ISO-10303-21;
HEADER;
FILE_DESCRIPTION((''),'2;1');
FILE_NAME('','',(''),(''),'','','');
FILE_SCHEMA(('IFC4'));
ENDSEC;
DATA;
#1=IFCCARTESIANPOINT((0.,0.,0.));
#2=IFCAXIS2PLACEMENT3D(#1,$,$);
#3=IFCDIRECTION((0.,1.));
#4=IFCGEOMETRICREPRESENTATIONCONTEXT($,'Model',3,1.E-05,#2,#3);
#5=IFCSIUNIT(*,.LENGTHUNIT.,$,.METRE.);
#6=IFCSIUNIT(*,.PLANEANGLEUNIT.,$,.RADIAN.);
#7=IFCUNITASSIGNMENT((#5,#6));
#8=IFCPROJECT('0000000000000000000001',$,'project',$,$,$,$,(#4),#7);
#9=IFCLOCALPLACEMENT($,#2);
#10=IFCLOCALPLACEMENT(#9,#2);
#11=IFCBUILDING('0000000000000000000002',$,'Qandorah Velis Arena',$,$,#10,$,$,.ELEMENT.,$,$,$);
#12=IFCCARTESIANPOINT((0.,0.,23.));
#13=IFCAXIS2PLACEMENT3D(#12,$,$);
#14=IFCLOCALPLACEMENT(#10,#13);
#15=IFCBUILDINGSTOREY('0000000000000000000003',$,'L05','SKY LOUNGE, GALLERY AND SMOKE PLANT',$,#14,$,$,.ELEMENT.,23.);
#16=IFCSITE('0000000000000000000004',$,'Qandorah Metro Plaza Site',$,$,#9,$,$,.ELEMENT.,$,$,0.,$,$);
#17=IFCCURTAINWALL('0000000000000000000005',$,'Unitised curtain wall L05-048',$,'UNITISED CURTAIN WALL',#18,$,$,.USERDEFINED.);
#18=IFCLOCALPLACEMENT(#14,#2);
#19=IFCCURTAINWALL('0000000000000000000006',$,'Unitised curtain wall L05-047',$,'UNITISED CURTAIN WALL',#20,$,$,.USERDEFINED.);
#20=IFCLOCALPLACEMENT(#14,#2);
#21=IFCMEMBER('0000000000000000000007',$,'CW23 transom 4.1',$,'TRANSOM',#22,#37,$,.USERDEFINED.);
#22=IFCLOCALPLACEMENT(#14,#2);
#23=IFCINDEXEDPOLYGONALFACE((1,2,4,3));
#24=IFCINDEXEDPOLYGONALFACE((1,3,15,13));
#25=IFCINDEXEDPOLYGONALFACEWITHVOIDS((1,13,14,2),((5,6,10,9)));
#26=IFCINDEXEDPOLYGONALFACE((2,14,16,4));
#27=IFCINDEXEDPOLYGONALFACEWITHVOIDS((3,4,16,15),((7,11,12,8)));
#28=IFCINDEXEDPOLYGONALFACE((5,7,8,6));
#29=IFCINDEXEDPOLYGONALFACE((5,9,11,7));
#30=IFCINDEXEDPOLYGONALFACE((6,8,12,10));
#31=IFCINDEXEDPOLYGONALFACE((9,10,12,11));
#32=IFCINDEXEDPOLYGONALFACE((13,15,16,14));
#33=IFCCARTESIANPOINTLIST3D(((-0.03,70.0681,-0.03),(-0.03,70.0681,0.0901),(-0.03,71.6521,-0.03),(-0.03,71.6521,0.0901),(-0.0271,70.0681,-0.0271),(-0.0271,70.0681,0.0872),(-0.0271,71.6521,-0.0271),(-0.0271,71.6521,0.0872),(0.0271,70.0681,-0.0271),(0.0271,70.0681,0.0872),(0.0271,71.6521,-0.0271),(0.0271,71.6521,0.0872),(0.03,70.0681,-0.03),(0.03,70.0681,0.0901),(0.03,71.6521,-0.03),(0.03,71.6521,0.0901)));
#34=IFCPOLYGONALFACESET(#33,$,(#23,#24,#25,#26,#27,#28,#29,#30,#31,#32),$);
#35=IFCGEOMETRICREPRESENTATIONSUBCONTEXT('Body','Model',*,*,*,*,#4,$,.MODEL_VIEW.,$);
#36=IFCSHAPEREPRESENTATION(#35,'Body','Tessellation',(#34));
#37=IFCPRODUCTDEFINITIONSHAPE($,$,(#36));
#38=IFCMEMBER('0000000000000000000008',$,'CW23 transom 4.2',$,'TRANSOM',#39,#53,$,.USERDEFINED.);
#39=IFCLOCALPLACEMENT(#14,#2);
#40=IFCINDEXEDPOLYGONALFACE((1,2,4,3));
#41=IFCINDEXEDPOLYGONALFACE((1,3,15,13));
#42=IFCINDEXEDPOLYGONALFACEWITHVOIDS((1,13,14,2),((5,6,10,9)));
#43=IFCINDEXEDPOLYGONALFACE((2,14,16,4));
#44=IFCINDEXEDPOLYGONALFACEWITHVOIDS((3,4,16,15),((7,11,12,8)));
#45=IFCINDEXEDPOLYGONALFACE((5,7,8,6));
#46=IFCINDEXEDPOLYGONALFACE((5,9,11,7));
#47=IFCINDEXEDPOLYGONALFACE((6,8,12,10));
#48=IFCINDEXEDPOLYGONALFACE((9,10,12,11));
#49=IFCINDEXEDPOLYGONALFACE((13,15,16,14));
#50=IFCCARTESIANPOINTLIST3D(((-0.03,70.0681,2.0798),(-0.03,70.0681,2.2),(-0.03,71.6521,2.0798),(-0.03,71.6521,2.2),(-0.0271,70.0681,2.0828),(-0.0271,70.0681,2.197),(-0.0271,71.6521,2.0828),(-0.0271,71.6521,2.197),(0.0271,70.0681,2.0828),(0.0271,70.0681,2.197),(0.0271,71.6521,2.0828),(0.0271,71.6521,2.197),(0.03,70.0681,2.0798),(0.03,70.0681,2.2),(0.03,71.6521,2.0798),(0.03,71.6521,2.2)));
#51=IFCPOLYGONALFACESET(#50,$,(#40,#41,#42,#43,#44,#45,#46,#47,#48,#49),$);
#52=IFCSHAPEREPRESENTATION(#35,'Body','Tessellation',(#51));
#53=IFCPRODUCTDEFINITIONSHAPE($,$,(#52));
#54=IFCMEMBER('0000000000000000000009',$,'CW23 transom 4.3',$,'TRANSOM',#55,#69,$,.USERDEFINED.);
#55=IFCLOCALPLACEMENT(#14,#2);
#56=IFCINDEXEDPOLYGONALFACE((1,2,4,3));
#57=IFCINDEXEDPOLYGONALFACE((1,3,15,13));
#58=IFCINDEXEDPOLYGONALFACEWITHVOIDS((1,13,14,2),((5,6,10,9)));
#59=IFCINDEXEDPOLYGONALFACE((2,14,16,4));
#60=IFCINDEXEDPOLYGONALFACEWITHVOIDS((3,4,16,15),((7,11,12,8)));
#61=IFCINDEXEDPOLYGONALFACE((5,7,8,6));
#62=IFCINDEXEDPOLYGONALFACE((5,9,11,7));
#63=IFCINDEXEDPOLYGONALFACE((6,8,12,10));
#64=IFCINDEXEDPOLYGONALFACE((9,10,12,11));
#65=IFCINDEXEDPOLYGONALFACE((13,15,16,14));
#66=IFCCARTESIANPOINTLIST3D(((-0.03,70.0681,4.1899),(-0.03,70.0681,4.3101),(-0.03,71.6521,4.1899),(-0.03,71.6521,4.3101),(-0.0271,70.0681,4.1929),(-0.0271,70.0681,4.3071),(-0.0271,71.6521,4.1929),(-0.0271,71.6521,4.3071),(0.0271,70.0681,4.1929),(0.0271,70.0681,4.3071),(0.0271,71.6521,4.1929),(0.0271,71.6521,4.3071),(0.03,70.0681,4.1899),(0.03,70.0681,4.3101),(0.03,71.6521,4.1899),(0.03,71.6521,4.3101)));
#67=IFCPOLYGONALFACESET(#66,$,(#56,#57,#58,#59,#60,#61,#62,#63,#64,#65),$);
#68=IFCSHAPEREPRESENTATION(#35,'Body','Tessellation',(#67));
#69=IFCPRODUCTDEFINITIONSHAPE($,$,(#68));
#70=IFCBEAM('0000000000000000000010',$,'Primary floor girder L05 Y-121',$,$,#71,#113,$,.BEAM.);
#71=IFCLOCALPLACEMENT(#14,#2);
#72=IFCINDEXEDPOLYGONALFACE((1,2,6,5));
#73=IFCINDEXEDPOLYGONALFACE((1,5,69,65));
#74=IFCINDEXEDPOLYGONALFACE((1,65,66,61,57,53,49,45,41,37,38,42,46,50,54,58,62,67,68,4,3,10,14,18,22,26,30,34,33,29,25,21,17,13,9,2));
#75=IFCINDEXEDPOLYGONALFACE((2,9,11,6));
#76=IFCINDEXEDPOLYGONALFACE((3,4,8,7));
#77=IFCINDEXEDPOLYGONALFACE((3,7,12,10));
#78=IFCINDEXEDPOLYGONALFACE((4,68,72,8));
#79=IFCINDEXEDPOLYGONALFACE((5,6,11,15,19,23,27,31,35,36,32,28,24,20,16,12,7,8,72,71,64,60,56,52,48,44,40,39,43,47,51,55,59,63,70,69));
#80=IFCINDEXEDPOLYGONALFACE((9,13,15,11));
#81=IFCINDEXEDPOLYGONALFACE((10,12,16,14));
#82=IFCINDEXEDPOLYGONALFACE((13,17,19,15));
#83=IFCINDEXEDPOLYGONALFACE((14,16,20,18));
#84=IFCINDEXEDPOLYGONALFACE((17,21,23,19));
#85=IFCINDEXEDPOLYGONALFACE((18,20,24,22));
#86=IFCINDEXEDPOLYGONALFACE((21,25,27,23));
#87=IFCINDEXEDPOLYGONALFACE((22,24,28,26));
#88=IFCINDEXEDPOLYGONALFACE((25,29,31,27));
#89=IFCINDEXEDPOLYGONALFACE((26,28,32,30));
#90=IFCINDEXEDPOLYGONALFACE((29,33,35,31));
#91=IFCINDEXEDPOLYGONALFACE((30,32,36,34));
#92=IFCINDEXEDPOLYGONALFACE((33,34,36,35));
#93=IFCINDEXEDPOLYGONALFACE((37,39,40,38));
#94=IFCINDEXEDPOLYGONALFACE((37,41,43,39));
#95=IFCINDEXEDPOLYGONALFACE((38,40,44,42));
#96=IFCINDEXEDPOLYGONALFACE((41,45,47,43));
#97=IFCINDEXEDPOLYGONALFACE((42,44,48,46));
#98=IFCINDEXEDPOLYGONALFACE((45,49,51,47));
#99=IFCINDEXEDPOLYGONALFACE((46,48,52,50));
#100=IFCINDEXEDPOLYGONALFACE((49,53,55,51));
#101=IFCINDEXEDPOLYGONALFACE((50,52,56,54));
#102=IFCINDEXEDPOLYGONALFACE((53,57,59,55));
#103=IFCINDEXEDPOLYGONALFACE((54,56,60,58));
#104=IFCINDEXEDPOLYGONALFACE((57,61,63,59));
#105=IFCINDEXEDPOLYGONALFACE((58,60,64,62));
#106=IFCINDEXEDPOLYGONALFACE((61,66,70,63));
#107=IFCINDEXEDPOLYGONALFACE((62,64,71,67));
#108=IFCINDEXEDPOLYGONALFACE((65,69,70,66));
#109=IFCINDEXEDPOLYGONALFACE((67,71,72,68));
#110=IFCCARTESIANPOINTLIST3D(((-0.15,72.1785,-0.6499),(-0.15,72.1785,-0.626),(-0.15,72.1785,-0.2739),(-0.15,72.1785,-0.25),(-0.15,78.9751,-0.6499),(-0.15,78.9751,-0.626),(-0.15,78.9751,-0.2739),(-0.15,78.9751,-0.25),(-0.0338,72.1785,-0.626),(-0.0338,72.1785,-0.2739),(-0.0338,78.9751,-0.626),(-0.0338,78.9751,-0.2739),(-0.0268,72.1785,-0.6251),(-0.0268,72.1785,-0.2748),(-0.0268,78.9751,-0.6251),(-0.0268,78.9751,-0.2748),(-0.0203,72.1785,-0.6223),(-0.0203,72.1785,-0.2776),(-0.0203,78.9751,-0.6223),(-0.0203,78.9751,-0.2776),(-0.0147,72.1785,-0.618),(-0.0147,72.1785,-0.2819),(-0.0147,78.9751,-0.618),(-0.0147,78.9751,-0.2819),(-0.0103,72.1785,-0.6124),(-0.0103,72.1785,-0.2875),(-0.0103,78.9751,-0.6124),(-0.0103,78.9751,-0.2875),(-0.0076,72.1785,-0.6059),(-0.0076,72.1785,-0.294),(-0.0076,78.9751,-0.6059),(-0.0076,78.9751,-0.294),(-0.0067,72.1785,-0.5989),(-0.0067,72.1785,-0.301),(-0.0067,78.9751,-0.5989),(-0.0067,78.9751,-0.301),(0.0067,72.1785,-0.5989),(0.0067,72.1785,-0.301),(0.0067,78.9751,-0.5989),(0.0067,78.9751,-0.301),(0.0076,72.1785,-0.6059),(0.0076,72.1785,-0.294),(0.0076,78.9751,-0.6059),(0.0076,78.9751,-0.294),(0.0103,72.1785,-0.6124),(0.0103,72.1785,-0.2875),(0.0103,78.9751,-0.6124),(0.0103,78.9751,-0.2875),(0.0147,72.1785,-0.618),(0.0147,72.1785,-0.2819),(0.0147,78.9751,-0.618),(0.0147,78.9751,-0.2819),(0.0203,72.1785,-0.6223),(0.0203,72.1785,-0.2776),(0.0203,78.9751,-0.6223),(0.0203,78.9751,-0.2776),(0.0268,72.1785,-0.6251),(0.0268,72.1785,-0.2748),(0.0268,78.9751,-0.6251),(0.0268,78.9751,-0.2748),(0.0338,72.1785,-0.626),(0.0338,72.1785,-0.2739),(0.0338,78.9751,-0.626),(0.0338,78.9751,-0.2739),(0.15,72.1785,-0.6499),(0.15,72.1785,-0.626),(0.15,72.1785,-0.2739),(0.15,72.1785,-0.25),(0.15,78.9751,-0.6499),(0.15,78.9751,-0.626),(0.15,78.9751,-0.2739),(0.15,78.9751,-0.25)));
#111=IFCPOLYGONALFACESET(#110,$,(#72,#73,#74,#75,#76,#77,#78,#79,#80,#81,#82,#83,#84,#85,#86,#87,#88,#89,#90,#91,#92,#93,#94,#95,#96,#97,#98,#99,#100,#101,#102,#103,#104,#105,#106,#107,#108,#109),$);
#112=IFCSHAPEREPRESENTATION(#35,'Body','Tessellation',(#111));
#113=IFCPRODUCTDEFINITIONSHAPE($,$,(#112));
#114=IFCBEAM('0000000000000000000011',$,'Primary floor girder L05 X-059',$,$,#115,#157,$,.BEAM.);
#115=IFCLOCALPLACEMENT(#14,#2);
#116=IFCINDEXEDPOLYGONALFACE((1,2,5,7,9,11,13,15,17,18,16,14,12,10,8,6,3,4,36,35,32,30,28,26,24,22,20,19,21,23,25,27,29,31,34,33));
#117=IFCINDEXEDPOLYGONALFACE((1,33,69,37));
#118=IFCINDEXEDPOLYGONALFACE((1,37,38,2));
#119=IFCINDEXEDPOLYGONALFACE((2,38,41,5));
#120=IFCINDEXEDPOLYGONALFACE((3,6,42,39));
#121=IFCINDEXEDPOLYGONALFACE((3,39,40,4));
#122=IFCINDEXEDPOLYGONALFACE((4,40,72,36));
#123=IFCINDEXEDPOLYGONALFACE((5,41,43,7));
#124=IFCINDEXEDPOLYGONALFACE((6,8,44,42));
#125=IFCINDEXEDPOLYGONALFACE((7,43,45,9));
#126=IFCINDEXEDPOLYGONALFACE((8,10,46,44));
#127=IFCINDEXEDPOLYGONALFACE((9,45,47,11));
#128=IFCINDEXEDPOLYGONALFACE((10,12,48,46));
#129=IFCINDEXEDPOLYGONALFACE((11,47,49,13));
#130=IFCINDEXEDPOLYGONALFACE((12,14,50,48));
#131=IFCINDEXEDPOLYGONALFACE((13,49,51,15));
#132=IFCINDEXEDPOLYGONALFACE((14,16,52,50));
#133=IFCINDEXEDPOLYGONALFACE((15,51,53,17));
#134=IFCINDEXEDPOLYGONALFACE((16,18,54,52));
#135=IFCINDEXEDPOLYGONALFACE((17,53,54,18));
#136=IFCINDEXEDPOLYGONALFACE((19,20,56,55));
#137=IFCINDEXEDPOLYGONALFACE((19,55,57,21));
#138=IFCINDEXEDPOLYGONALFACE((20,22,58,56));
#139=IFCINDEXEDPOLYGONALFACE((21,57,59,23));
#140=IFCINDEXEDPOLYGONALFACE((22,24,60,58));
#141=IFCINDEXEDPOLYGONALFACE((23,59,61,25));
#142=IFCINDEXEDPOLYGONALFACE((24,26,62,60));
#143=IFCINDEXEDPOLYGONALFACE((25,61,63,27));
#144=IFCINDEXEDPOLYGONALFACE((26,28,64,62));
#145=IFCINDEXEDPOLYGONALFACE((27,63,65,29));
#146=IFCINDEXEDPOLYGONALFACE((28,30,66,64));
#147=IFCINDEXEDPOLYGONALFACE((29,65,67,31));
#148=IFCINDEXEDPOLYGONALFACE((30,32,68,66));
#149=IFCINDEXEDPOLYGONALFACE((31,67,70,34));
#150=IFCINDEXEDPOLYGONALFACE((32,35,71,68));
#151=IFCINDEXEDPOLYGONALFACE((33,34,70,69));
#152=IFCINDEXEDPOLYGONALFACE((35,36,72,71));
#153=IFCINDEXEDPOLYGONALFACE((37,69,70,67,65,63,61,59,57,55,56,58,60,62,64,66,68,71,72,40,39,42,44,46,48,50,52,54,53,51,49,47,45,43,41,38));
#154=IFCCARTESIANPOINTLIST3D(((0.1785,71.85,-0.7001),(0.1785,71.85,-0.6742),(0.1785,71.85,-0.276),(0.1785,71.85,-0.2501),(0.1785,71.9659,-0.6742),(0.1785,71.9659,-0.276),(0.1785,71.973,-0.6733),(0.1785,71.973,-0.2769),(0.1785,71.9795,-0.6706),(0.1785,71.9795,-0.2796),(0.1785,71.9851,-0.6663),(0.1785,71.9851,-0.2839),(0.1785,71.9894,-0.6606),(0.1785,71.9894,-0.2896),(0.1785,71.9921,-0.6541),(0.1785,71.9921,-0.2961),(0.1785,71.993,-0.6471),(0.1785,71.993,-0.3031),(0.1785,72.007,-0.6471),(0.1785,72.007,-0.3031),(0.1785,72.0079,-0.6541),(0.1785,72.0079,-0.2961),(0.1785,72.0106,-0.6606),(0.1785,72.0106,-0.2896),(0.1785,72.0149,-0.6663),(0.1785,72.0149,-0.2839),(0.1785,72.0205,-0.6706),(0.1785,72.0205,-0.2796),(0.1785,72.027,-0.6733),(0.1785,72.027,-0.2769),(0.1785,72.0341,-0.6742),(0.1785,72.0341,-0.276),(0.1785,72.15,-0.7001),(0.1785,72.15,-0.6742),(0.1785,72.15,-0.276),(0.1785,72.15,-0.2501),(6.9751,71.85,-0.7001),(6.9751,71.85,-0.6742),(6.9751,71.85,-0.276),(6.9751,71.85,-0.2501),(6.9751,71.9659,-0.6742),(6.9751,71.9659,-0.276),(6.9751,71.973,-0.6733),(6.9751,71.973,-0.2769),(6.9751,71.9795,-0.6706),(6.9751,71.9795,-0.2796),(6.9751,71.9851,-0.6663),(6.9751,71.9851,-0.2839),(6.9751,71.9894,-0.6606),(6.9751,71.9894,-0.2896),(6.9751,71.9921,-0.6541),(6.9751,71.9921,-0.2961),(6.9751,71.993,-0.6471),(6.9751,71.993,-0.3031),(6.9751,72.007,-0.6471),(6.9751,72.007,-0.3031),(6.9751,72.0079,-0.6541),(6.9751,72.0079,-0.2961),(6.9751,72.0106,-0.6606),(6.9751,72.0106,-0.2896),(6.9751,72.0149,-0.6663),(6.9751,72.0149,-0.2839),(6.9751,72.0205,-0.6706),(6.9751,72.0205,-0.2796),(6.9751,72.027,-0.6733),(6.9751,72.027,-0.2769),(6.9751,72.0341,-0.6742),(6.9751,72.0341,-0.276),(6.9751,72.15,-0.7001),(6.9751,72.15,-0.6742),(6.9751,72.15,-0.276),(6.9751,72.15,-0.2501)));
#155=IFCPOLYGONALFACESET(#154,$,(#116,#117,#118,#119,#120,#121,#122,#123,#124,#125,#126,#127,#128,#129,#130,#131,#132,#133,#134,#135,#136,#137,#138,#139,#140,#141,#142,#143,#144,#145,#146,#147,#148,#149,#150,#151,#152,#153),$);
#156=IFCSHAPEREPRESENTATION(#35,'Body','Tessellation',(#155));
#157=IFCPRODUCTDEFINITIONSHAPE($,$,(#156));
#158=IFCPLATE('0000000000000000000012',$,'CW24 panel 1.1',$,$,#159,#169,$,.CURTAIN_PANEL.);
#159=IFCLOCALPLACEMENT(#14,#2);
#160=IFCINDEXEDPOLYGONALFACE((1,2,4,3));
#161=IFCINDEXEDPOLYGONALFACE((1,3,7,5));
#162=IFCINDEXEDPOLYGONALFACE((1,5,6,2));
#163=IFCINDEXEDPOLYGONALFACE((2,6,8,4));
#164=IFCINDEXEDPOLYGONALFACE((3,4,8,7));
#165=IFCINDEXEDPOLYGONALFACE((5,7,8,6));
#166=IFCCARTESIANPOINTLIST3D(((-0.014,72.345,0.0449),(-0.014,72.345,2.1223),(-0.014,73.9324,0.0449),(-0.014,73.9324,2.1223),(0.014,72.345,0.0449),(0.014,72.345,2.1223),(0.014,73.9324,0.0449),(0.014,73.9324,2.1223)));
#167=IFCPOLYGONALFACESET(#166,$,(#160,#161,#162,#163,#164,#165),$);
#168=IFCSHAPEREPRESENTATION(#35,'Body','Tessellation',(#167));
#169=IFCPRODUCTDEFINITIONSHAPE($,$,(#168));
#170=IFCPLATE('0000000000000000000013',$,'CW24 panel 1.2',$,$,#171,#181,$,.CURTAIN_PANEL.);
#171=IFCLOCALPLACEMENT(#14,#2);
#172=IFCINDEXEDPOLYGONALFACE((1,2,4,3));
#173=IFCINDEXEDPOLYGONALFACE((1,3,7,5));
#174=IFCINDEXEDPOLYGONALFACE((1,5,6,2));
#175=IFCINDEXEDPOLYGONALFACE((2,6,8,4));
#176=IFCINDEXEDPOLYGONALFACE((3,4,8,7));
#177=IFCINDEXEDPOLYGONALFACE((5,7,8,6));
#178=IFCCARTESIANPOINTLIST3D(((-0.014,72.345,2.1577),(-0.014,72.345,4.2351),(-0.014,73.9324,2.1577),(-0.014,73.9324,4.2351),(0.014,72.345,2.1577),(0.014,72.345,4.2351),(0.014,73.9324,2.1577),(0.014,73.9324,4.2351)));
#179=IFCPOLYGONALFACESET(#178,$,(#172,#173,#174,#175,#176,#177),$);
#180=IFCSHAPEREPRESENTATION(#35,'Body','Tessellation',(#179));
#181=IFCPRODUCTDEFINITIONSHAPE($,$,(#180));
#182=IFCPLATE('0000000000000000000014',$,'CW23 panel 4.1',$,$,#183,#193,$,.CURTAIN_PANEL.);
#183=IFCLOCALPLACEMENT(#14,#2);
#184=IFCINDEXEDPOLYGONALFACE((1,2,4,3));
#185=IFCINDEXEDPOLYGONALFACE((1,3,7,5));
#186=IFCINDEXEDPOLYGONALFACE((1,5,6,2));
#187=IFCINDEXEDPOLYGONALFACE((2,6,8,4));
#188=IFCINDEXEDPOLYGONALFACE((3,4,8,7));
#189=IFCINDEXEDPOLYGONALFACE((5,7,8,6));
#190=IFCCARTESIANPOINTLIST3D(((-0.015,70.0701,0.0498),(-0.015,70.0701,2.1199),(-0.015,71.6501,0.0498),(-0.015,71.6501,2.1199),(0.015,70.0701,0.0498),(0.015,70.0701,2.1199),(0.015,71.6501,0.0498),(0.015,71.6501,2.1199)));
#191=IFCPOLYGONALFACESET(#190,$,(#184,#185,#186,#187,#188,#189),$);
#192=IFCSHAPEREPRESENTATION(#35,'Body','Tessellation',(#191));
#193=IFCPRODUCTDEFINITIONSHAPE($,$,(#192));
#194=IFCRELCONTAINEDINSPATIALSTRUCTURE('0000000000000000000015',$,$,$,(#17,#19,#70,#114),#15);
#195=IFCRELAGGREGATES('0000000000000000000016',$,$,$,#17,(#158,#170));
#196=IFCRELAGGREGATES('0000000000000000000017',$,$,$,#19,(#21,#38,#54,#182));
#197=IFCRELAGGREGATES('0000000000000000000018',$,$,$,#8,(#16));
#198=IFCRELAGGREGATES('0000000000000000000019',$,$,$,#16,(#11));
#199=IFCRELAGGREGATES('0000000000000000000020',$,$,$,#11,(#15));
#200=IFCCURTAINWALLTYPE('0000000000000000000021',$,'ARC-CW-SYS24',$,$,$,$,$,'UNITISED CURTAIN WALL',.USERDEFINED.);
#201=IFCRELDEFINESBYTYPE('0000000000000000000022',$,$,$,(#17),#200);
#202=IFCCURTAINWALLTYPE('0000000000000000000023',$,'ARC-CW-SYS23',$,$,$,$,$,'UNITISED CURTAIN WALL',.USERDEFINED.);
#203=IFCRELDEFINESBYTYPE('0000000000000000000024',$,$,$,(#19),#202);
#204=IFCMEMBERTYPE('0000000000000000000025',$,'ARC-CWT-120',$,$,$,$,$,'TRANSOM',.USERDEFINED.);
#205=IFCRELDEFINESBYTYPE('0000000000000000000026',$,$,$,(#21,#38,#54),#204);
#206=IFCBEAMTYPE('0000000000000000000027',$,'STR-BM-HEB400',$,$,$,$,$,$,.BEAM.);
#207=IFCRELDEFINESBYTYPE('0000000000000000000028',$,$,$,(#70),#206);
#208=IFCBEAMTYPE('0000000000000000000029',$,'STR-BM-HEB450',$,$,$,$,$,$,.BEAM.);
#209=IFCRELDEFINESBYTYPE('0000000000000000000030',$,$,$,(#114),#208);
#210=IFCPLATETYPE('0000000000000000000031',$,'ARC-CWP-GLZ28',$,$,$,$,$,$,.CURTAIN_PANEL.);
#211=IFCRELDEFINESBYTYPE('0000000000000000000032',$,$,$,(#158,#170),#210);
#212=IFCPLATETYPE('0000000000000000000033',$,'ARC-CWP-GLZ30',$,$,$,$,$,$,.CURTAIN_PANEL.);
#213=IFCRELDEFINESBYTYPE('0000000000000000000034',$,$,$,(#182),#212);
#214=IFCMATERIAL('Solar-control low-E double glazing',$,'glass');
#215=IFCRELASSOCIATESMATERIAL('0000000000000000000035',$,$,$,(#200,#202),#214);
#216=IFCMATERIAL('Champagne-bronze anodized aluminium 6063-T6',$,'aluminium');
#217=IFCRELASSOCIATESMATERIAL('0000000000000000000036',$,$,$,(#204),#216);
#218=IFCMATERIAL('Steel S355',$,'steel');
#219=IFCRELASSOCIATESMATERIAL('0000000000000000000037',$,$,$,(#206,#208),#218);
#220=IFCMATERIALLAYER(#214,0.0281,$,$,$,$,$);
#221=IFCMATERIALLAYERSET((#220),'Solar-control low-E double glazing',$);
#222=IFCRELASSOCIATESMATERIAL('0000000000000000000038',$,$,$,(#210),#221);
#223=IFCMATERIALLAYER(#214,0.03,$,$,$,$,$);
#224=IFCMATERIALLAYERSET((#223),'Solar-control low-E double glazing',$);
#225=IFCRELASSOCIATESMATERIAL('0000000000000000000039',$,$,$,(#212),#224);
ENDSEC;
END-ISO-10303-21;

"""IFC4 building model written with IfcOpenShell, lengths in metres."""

from ifc_helpers import new_model, si_unit, direction, frame, origin, origin_2d, place, context, subcontext, project, spatial, rectangle, hollow_rectangle, i_section, extrude, material, layer, layer_set, material_profile, profile_set, type_object, element, aggregate, save


model = new_model("IFC4")

# Units and contexts
model_context = context("Model", 3, precision=1e-05, world=origin(), true_north=direction((0.0, 1.0)))
body_context = subcontext(model_context, "Body", "Model", "MODEL_VIEW")
ifc_project = project(units=[si_unit("LENGTHUNIT", "METRE"), si_unit("PLANEANGLEUNIT", "RADIAN")], contexts=[model_context])

# Site, building, storey
site_placement = place(None, origin())
site = spatial("IfcSite", under=ifc_project, at=site_placement, Name="Qandorah Metro Plaza Site", CompositionType="ELEMENT", RefElevation=0.0)
building_placement = place(site_placement, origin())
building = spatial("IfcBuilding", under=site, at=building_placement, Name="Qandorah Velis Arena", CompositionType="ELEMENT")
storey_placement = place(building_placement, frame((0.0, 0.0, 23.0)))
storey = spatial("IfcBuildingStorey", under=building, at=storey_placement, Name="L05", Description="SKY LOUNGE, GALLERY AND SMOKE PLANT", CompositionType="ELEMENT", Elevation=23.0)

# Curtain wall
ifc_material_1 = material(Name="Solar-control low-E double glazing", Category="glass")
curtain_wall_type_1 = type_object("IfcCurtainWallType", Name="ARC-CW-SYS24", ElementType="UNITISED CURTAIN WALL", PredefinedType="USERDEFINED", material=ifc_material_1)
curtain_wall_1_placement = place(storey_placement, origin())
curtain_wall_1 = element("IfcCurtainWall", 1, at=curtain_wall_1_placement, inside=storey, type_object=curtain_wall_type_1, Name="Unitised curtain wall L05-048", ObjectType="UNITISED CURTAIN WALL", PredefinedType="USERDEFINED")
ifc_material_2 = material(Name="Champagne-bronze anodized aluminium 6063-T6", Category="aluminium")

# Curtain wall
curtain_wall_type_2 = type_object("IfcCurtainWallType", Name="ARC-CW-SYS23", ElementType="UNITISED CURTAIN WALL", PredefinedType="USERDEFINED", material=ifc_material_1)
curtain_wall_2_placement = place(storey_placement, origin())
curtain_wall_2 = element("IfcCurtainWall", 2, at=curtain_wall_2_placement, inside=storey, type_object=curtain_wall_type_2, Name="Unitised curtain wall L05-047", ObjectType="UNITISED CURTAIN WALL", PredefinedType="USERDEFINED")

# Members
ifc_material_profile_1 = material_profile(ifc_material_2, hollow_rectangle(XDim=0.0601, YDim=0.1201, WallThickness=0.0029, at=origin_2d()), Name="ALU TRANSOM 60x120")
ifc_profile_set_1 = profile_set([ifc_material_profile_1], Name="Champagne-bronze anodized aluminium 6063-T6")
member_type_1 = type_object("IfcMemberType", Name="ARC-CWT-120", ElementType="TRANSOM", PredefinedType="USERDEFINED", material=ifc_profile_set_1)
member_1_placement = place(storey_placement, frame((0.0, 70.0681, 0.03), z_axis=(0.0, 1.0, 0.0), x_axis=(-1.0, 0.0, 0.0)))
member_1 = element("IfcMember", 3, at=member_1_placement, type_object=member_type_1, Name="CW23 transom 4.1", ObjectType="TRANSOM", PredefinedType="USERDEFINED", context=body_context, shape_type="SweptSolid", body=[
    extrude(hollow_rectangle(XDim=0.0601, YDim=0.1201, WallThickness=0.0029, at=origin_2d()), origin(), (0.0, 0.0, 1.0), 1.584),
])
member_2_placement = place(storey_placement, frame((0.0, 70.0681, 2.1399), z_axis=(0.0, 1.0, 0.0), x_axis=(-1.0, 0.0, 0.0)))
member_2 = element("IfcMember", 4, at=member_2_placement, type_object=member_type_1, Name="CW23 transom 4.2", ObjectType="TRANSOM", PredefinedType="USERDEFINED", context=body_context, shape_type="SweptSolid", body=[
    extrude(hollow_rectangle(XDim=0.0601, YDim=0.1201, WallThickness=0.0029, at=origin_2d()), origin(), (0.0, 0.0, 1.0), 1.584),
])
member_3_placement = place(storey_placement, frame((0.0, 70.0681, 4.25), z_axis=(0.0, 1.0, 0.0), x_axis=(-1.0, 0.0, 0.0)))
member_3 = element("IfcMember", 5, at=member_3_placement, type_object=member_type_1, Name="CW23 transom 4.3", ObjectType="TRANSOM", PredefinedType="USERDEFINED", context=body_context, shape_type="SweptSolid", body=[
    extrude(hollow_rectangle(XDim=0.0601, YDim=0.1201, WallThickness=0.0029, at=origin_2d()), origin(), (0.0, 0.0, 1.0), 1.584),
])

# Beams
ifc_material_3 = material(Name="Steel S355", Category="steel")
ifc_material_profile_2 = material_profile(ifc_material_3, i_section(OverallWidth=0.3, OverallDepth=0.3999, WebThickness=0.0134, FlangeThickness=0.0239, FilletRadius=0.0271, at=origin_2d()), Name="HEB 400")
ifc_profile_set_2 = profile_set([ifc_material_profile_2], Name="Steel S355")
beam_type_1 = type_object("IfcBeamType", Name="STR-BM-HEB400", PredefinedType="BEAM", material=ifc_profile_set_2)
beam_1_placement = place(storey_placement, frame((0.0, 72.1785, -0.45), z_axis=(0.0, 1.0, 0.0), x_axis=(-1.0, 0.0, 0.0)))
element("IfcBeam", 6, at=beam_1_placement, inside=storey, type_object=beam_type_1, Name="Primary floor girder L05 Y-121", PredefinedType="BEAM", context=body_context, shape_type="SweptSolid", body=[
    extrude(i_section(OverallWidth=0.3, OverallDepth=0.3999, WebThickness=0.0134, FlangeThickness=0.0239, FilletRadius=0.0271, at=origin_2d()), origin(), (0.0, 0.0, 1.0), 6.7966),
])
ifc_material_profile_3 = material_profile(ifc_material_3, i_section(OverallWidth=0.3, OverallDepth=0.45, WebThickness=0.0139, FlangeThickness=0.0259, FilletRadius=0.0271, at=origin_2d()), Name="HEB 450")
ifc_profile_set_3 = profile_set([ifc_material_profile_3], Name="Steel S355")
beam_type_2 = type_object("IfcBeamType", Name="STR-BM-HEB450", PredefinedType="BEAM", material=ifc_profile_set_3)
beam_2_placement = place(storey_placement, frame((0.1785, 72.0, -0.4751), z_axis=(1.0, 0.0, 0.0), x_axis=(0.0, 1.0, 0.0)))
element("IfcBeam", 7, at=beam_2_placement, inside=storey, type_object=beam_type_2, Name="Primary floor girder L05 X-059", PredefinedType="BEAM", context=body_context, shape_type="SweptSolid", body=[
    extrude(i_section(OverallWidth=0.3, OverallDepth=0.45, WebThickness=0.0139, FlangeThickness=0.0259, FilletRadius=0.0271, at=origin_2d()), origin(), (0.0, 0.0, 1.0), 6.7966),
])

# Plates
ifc_layer_1 = layer(ifc_material_1, 0.0281)
ifc_layer_set_1 = layer_set([ifc_layer_1], Name="Solar-control low-E double glazing")
plate_type_1 = type_object("IfcPlateType", Name="ARC-CWP-GLZ28", PredefinedType="CURTAIN_PANEL", material=ifc_layer_set_1)
plate_1_placement = place(storey_placement, frame((0.0, 73.1387, 0.0449), z_axis=(0.0, 0.0, 1.0), x_axis=(0.0, 1.0, 0.0)))
plate_1 = element("IfcPlate", 8, at=plate_1_placement, type_object=plate_type_1, Name="CW24 panel 1.1", PredefinedType="CURTAIN_PANEL", context=body_context, shape_type="SweptSolid", body=[
    extrude(rectangle(XDim=1.5874, YDim=0.0281, at=origin_2d()), origin(), (0.0, 0.0, 1.0), 2.0774),
])
plate_2_placement = place(storey_placement, frame((0.0, 73.1387, 2.1577), z_axis=(0.0, 0.0, 1.0), x_axis=(0.0, 1.0, 0.0)))
plate_2 = element("IfcPlate", 9, at=plate_2_placement, type_object=plate_type_1, Name="CW24 panel 1.2", PredefinedType="CURTAIN_PANEL", context=body_context, shape_type="SweptSolid", body=[
    extrude(rectangle(XDim=1.5874, YDim=0.0281, at=origin_2d()), origin(), (0.0, 0.0, 1.0), 2.0774),
])
aggregate(curtain_wall_1, [plate_1, plate_2])
ifc_layer_2 = layer(ifc_material_1, 0.03)
ifc_layer_set_2 = layer_set([ifc_layer_2], Name="Solar-control low-E double glazing")
plate_type_2 = type_object("IfcPlateType", Name="ARC-CWP-GLZ30", PredefinedType="CURTAIN_PANEL", material=ifc_layer_set_2)
plate_3_placement = place(storey_placement, frame((0.0, 70.8601, 0.0498), z_axis=(0.0, 0.0, 1.0), x_axis=(0.0, 1.0, 0.0)))
plate_3 = element("IfcPlate", 10, at=plate_3_placement, type_object=plate_type_2, Name="CW23 panel 4.1", PredefinedType="CURTAIN_PANEL", context=body_context, shape_type="SweptSolid", body=[
    extrude(rectangle(XDim=1.5801, YDim=0.03, at=origin_2d()), origin(), (0.0, 0.0, 1.0), 2.0701),
])
aggregate(curtain_wall_2, [member_1, member_2, member_3, plate_3])

save(model, "model.ifc")
